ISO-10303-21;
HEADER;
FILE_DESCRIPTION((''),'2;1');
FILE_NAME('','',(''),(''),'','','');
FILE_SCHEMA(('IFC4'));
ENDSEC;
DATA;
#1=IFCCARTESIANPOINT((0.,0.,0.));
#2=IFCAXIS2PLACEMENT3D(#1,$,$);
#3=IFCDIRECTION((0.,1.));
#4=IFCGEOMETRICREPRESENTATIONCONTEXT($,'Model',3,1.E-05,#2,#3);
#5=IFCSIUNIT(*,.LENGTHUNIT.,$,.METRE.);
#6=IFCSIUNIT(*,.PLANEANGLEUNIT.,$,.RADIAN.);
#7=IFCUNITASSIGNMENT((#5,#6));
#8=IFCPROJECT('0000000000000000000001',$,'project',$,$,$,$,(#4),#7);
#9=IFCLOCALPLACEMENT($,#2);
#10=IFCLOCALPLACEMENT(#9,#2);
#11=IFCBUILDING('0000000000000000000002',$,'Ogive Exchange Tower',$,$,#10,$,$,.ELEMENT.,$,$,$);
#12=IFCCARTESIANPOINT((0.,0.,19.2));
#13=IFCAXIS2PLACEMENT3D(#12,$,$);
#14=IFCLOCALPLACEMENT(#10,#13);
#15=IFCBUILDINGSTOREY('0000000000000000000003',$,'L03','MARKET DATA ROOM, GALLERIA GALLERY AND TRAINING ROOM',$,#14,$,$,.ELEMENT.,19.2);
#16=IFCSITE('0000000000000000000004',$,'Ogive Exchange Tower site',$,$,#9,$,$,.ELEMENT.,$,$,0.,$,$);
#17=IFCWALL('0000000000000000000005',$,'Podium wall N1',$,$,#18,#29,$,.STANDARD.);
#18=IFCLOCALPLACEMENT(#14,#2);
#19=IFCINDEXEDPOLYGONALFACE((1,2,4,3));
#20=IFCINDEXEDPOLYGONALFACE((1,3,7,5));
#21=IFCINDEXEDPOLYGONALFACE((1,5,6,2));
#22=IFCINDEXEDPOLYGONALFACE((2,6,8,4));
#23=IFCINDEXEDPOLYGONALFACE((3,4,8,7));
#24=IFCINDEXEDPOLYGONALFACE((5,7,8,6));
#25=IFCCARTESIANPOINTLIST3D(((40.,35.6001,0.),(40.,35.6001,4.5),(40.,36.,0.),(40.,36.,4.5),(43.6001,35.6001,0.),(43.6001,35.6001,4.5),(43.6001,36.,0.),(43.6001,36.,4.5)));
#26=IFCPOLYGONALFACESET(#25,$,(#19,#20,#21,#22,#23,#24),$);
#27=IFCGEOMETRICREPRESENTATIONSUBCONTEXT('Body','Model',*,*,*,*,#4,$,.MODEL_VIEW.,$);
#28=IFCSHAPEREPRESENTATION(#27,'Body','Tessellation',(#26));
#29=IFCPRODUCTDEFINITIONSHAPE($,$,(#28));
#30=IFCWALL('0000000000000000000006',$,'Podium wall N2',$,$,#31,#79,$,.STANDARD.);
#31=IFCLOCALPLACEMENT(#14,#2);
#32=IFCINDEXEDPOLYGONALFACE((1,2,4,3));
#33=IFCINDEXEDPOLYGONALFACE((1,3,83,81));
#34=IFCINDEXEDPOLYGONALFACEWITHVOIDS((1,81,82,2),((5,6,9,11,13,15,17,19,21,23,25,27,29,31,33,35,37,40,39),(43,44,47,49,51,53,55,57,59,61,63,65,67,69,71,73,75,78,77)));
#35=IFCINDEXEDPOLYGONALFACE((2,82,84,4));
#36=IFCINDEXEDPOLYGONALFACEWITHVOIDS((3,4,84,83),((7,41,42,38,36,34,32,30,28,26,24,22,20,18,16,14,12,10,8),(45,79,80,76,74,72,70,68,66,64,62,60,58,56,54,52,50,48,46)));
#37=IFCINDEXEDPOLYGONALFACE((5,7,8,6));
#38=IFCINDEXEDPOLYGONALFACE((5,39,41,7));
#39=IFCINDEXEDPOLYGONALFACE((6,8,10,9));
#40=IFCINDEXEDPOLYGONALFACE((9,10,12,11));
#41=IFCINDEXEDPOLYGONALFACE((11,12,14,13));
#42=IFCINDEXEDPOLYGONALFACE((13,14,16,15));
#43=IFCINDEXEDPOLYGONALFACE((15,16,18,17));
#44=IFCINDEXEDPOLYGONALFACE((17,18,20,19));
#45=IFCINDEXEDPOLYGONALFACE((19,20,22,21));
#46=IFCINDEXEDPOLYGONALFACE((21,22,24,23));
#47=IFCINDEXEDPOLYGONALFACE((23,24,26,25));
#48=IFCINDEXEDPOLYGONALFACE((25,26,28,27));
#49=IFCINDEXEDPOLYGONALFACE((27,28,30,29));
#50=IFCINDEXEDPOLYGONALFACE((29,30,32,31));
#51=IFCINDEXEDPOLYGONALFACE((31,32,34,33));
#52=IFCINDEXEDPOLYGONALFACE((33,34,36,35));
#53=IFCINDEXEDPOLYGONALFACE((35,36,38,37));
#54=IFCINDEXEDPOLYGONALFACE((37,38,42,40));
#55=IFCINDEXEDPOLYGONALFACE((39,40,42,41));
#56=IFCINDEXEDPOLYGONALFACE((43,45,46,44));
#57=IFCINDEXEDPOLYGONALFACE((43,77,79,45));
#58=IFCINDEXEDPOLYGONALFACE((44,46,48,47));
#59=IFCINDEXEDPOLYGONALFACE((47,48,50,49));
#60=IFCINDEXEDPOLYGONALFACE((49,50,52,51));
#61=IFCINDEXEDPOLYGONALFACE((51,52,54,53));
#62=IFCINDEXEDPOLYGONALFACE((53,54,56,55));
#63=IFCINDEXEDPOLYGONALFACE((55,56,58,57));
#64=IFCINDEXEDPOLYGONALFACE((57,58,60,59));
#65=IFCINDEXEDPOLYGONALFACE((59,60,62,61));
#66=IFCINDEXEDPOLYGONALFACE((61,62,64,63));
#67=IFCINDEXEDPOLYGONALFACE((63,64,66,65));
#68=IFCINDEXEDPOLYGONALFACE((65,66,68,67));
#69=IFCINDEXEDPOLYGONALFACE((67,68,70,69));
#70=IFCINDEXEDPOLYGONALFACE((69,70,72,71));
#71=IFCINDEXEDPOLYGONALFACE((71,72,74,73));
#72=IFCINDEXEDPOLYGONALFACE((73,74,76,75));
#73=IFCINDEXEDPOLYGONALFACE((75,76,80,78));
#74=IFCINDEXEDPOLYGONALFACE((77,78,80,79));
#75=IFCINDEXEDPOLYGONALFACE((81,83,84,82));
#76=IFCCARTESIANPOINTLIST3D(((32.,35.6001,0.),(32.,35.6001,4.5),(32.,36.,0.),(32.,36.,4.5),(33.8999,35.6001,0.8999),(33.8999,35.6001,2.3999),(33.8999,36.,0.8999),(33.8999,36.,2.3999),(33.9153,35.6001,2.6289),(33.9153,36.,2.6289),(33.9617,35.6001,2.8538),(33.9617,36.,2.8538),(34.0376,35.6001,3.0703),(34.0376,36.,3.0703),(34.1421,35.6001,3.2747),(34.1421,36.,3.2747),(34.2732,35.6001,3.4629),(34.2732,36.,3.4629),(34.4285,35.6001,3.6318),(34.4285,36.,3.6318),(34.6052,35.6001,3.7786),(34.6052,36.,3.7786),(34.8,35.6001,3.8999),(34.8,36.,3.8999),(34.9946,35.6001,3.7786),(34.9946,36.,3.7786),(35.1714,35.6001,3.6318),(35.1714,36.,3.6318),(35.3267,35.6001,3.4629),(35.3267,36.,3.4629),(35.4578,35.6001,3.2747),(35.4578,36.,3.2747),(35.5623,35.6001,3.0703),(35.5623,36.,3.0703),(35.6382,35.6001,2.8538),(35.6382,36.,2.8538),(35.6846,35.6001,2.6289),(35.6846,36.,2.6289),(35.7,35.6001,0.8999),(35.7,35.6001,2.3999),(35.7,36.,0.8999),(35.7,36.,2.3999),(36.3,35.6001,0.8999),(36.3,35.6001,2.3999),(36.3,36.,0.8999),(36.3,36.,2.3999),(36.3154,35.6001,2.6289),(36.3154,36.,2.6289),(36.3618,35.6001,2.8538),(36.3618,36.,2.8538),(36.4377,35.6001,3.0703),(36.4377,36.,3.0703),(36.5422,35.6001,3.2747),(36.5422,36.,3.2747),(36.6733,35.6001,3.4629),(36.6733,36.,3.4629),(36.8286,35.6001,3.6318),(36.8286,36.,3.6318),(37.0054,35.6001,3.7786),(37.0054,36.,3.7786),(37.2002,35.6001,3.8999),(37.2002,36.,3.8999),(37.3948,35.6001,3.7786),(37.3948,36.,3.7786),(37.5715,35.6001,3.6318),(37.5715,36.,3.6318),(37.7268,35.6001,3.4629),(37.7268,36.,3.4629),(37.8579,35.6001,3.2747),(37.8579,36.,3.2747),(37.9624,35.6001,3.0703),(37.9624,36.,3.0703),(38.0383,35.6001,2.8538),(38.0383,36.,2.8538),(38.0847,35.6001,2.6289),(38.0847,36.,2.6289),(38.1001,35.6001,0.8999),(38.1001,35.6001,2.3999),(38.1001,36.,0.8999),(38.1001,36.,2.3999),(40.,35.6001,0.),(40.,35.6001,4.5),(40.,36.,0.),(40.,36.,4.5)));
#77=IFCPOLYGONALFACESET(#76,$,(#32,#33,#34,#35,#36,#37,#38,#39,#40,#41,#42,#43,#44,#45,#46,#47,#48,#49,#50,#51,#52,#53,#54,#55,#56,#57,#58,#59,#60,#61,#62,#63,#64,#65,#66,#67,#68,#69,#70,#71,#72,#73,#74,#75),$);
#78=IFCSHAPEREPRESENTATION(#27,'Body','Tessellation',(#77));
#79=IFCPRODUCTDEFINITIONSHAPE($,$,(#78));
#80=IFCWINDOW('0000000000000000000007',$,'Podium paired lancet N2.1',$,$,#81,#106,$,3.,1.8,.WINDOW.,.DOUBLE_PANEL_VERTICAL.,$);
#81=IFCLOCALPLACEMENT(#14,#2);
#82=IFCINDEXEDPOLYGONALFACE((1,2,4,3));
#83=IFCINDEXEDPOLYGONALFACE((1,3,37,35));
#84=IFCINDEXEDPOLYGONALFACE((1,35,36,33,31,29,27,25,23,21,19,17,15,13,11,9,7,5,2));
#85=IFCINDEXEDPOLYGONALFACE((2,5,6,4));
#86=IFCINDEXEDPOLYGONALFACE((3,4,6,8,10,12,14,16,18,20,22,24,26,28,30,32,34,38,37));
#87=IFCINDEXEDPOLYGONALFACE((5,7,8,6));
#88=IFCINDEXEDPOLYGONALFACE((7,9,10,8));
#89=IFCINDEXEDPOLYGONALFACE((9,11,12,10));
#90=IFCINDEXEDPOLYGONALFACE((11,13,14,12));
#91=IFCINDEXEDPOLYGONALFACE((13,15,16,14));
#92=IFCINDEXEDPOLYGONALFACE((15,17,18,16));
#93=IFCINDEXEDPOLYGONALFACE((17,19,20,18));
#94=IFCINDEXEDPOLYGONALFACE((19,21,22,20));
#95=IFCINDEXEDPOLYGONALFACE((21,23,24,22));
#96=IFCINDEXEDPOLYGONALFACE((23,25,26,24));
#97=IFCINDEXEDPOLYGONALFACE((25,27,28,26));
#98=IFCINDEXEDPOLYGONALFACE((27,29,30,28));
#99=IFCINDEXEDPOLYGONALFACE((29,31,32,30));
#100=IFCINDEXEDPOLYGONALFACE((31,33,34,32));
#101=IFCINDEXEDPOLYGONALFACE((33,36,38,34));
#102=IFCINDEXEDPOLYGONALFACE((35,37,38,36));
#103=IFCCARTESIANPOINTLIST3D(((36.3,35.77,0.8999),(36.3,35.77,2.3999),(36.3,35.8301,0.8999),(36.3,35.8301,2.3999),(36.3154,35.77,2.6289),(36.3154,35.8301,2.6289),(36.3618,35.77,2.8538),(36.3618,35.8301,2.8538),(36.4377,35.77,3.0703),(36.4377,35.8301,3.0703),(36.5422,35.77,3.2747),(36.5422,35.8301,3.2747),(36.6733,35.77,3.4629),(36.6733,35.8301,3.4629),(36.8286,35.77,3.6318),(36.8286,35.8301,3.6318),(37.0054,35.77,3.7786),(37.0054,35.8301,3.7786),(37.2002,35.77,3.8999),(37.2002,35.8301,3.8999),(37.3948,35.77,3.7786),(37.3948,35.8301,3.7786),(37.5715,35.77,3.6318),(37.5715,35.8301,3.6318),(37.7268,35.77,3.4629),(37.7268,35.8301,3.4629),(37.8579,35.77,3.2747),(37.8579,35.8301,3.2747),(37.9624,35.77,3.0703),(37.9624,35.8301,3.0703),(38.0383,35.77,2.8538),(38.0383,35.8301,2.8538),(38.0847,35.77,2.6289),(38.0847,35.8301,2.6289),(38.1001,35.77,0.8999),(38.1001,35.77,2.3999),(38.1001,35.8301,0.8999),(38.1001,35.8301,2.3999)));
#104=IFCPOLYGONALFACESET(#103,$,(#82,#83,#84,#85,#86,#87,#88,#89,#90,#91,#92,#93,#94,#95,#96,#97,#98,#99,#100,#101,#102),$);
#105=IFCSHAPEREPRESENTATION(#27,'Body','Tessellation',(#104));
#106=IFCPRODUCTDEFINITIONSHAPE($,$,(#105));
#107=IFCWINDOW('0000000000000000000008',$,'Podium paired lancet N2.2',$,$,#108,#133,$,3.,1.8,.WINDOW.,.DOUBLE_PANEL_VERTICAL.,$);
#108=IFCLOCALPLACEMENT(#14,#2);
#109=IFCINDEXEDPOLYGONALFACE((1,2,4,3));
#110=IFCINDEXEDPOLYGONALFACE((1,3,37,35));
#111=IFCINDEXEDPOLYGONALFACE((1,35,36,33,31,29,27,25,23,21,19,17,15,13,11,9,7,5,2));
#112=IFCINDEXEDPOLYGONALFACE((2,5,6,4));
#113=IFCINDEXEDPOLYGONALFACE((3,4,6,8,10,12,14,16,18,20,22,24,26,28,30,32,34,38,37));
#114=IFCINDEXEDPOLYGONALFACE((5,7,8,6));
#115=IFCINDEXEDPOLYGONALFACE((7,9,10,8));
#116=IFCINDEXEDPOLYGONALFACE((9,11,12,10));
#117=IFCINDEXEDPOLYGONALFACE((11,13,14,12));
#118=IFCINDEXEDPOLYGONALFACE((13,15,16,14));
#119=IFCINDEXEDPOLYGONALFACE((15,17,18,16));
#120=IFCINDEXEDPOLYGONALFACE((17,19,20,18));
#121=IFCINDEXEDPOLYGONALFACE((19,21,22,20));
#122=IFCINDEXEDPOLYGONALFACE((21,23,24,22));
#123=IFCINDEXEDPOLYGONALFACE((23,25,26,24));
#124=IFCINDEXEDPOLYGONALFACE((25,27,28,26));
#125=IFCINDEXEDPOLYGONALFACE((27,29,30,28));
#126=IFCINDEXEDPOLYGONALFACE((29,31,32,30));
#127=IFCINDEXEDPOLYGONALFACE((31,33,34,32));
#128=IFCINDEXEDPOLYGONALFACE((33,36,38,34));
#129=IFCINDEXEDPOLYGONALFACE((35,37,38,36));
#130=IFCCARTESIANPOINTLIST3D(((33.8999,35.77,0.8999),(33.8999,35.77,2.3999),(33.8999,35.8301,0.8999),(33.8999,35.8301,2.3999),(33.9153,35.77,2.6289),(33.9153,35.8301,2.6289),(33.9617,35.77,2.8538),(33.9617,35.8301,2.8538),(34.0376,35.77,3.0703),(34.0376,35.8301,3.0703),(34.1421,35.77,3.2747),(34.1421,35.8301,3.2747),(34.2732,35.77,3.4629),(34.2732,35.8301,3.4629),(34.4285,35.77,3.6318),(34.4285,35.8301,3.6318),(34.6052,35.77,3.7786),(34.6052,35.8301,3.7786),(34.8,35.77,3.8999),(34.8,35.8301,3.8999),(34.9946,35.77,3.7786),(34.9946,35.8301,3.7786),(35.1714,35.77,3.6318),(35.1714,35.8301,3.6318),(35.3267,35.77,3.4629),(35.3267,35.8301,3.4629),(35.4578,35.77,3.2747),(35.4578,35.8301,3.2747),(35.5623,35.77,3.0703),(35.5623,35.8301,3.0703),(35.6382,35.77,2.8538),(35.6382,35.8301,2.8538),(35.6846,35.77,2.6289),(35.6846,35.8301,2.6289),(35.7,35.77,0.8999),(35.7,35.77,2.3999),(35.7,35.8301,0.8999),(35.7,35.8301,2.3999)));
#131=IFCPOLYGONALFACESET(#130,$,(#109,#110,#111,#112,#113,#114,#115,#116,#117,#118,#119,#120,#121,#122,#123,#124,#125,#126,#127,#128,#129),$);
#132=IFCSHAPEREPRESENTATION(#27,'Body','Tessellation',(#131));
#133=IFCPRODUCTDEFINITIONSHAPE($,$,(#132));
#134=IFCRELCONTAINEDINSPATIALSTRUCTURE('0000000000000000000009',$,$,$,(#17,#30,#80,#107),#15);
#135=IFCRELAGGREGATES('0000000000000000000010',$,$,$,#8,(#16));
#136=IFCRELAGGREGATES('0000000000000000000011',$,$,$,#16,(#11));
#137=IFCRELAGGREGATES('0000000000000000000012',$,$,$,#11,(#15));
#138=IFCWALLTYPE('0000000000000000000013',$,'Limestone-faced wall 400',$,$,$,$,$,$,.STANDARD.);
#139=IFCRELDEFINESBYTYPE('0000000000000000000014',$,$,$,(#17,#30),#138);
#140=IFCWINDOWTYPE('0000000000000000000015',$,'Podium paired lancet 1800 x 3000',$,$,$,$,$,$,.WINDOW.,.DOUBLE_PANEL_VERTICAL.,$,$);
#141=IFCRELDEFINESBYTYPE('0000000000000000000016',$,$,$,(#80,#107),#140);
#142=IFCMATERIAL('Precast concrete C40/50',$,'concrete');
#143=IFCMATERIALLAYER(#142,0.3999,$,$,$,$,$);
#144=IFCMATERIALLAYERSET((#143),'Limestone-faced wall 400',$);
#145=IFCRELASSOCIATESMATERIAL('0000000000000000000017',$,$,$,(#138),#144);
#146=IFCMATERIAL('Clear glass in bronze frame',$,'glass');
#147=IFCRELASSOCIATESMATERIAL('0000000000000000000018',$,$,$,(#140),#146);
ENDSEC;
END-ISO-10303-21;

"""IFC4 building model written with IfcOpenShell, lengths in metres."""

from ifc_helpers import new_model, si_unit, direction, frame, frame_2d, origin, place, context, subcontext, project, spatial, polyline, rectangle, outline, extrude, material, layer, layer_set, type_object, element, fill, save


model = new_model("IFC4")

# Units and contexts
model_context = context("Model", 3, precision=1e-05, world=origin(), true_north=direction((0.0, 1.0)))
body_context = subcontext(model_context, "Body", "Model", "MODEL_VIEW")
ifc_project = project(units=[si_unit("LENGTHUNIT", "METRE"), si_unit("PLANEANGLEUNIT", "RADIAN")], contexts=[model_context])

# Site, building, storey
site_placement = place(None, origin())
site = spatial("IfcSite", under=ifc_project, at=site_placement, Name="Ogive Exchange Tower site", CompositionType="ELEMENT", RefElevation=0.0)
building_placement = place(site_placement, origin())
building = spatial("IfcBuilding", under=site, at=building_placement, Name="Ogive Exchange Tower", CompositionType="ELEMENT")
storey_placement = place(building_placement, frame((0.0, 0.0, 19.2)))
storey = spatial("IfcBuildingStorey", under=building, at=storey_placement, Name="L03", Description="MARKET DATA ROOM, GALLERIA GALLERY AND TRAINING ROOM", CompositionType="ELEMENT", Elevation=19.2)

# Wall
ifc_material_1 = material(Name="Precast concrete C40/50", Category="concrete")
ifc_layer_1 = layer(ifc_material_1, 0.3999)
ifc_layer_set_1 = layer_set([ifc_layer_1], Name="Limestone-faced wall 400")
wall_type_1 = type_object("IfcWallType", Name="Limestone-faced wall 400", PredefinedType="STANDARD", material=ifc_layer_set_1)
wall_1_placement = place(storey_placement, frame((43.6001, 35.8, 0.0), z_axis=(0.0, 0.0, 1.0), x_axis=(-1.0, 0.0, 0.0)))
element("IfcWall", 1, at=wall_1_placement, inside=storey, type_object=wall_type_1, Name="Podium wall N1", PredefinedType="STANDARD", context=body_context, shape_type="SweptSolid", body=[
    extrude(rectangle(XDim=3.6001, YDim=0.3999, at=frame_2d((1.8, 0.0))), origin(), (0.0, 0.0, 1.0), 4.5),
])

# Wall, openings, windows
wall_2_placement = place(storey_placement, frame((40.0, 35.8, 0.0), z_axis=(0.0, 0.0, 1.0), x_axis=(-1.0, 0.0, 0.0)))
wall_2 = element("IfcWall", 2, at=wall_2_placement, inside=storey, type_object=wall_type_1, Name="Podium wall N2", PredefinedType="STANDARD", context=body_context, shape_type="SweptSolid", body=[
    extrude(rectangle(XDim=8.0, YDim=0.3999, at=frame_2d((4.0, 0.0))), origin(), (0.0, 0.0, 1.0), 4.5),
])
opening_1_placement = place(wall_2_placement, frame((1.8999, 0.0, 0.8999)))
opening_1 = element("IfcOpeningElement", 3, at=opening_1_placement, cuts=wall_2, PredefinedType="OPENING", context=body_context, shape_type="SweptSolid", body=[
    extrude(outline(polyline([(0.0, 0.0), (1.8, 0.0), (1.8, 1.5), (1.7847, 1.729), (1.7383, 1.9539), (1.6624, 2.1704), (1.5579, 2.3748), (1.4268, 2.563), (1.2715, 2.7319), (1.0947, 2.8787), (0.8999, 3.0), (0.7053, 2.8787), (0.5286, 2.7319), (0.3733, 2.563), (0.2422, 2.3748), (0.1377, 2.1704), (0.0618, 1.9539), (0.0154, 1.729), (0.0, 1.5), (0.0, 0.0)])), frame((0.0, 0.21, 0.0), z_axis=(0.0, -1.0, 0.0), x_axis=(1.0, 0.0, 0.0)), (0.0, 0.0, 1.0), 0.4199),
])
opening_2_placement = place(wall_2_placement, frame((4.3, 0.0, 0.8999)))
opening_2 = element("IfcOpeningElement", 4, at=opening_2_placement, cuts=wall_2, PredefinedType="OPENING", context=body_context, shape_type="SweptSolid", body=[
    extrude(outline(polyline([(0.0, 0.0), (1.8, 0.0), (1.8, 1.5), (1.7847, 1.729), (1.7383, 1.9539), (1.6624, 2.1704), (1.5579, 2.3748), (1.4268, 2.563), (1.2715, 2.7319), (1.0947, 2.8787), (0.8999, 3.0), (0.7053, 2.8787), (0.5286, 2.7319), (0.3733, 2.563), (0.2422, 2.3748), (0.1377, 2.1704), (0.0618, 1.9539), (0.0154, 1.729), (0.0, 1.5), (0.0, 0.0)])), frame((0.0, 0.21, 0.0), z_axis=(0.0, -1.0, 0.0), x_axis=(1.0, 0.0, 0.0)), (0.0, 0.0, 1.0), 0.4199),
])
ifc_material_2 = material(Name="Clear glass in bronze frame", Category="glass")
window_type = type_object("IfcWindowType", Name="Podium paired lancet 1800 x 3000", PartitioningType="DOUBLE_PANEL_VERTICAL", PredefinedType="WINDOW", material=ifc_material_2)
window_1_placement = place(opening_1_placement, origin())
window_1 = element("IfcWindow", 5, at=window_1_placement, inside=storey, type_object=window_type, Name="Podium paired lancet N2.1", OverallHeight=3.0, OverallWidth=1.8, PartitioningType="DOUBLE_PANEL_VERTICAL", PredefinedType="WINDOW", context=body_context, shape_type="SweptSolid", body=[
    extrude(outline(polyline([(0.0, 0.0), (1.8, 0.0), (1.8, 1.5), (1.7847, 1.729), (1.7383, 1.9539), (1.6624, 2.1704), (1.5579, 2.3748), (1.4268, 2.563), (1.2715, 2.7319), (1.0947, 2.8787), (0.8999, 3.0), (0.7053, 2.8787), (0.5286, 2.7319), (0.3733, 2.563), (0.2422, 2.3748), (0.1377, 2.1704), (0.0618, 1.9539), (0.0154, 1.729), (0.0, 1.5), (0.0, 0.0)])), frame((0.0, 0.03, 0.0), z_axis=(0.0, -1.0, 0.0), x_axis=(1.0, 0.0, 0.0)), (0.0, 0.0, 1.0), 0.0601),
])
fill(opening_1, window_1)
window_2_placement = place(opening_2_placement, origin())
window_2 = element("IfcWindow", 6, at=window_2_placement, inside=storey, type_object=window_type, Name="Podium paired lancet N2.2", OverallHeight=3.0, OverallWidth=1.8, PartitioningType="DOUBLE_PANEL_VERTICAL", PredefinedType="WINDOW", context=body_context, shape_type="SweptSolid", body=[
    extrude(outline(polyline([(0.0, 0.0), (1.8, 0.0), (1.8, 1.5), (1.7847, 1.729), (1.7383, 1.9539), (1.6624, 2.1704), (1.5579, 2.3748), (1.4268, 2.563), (1.2715, 2.7319), (1.0947, 2.8787), (0.8999, 3.0), (0.7053, 2.8787), (0.5286, 2.7319), (0.3733, 2.563), (0.2422, 2.3748), (0.1377, 2.1704), (0.0618, 1.9539), (0.0154, 1.729), (0.0, 1.5), (0.0, 0.0)])), frame((0.0, 0.03, 0.0), z_axis=(0.0, -1.0, 0.0), x_axis=(1.0, 0.0, 0.0)), (0.0, 0.0, 1.0), 0.0601),
])
fill(opening_2, window_2)

save(model, "model.ifc")
